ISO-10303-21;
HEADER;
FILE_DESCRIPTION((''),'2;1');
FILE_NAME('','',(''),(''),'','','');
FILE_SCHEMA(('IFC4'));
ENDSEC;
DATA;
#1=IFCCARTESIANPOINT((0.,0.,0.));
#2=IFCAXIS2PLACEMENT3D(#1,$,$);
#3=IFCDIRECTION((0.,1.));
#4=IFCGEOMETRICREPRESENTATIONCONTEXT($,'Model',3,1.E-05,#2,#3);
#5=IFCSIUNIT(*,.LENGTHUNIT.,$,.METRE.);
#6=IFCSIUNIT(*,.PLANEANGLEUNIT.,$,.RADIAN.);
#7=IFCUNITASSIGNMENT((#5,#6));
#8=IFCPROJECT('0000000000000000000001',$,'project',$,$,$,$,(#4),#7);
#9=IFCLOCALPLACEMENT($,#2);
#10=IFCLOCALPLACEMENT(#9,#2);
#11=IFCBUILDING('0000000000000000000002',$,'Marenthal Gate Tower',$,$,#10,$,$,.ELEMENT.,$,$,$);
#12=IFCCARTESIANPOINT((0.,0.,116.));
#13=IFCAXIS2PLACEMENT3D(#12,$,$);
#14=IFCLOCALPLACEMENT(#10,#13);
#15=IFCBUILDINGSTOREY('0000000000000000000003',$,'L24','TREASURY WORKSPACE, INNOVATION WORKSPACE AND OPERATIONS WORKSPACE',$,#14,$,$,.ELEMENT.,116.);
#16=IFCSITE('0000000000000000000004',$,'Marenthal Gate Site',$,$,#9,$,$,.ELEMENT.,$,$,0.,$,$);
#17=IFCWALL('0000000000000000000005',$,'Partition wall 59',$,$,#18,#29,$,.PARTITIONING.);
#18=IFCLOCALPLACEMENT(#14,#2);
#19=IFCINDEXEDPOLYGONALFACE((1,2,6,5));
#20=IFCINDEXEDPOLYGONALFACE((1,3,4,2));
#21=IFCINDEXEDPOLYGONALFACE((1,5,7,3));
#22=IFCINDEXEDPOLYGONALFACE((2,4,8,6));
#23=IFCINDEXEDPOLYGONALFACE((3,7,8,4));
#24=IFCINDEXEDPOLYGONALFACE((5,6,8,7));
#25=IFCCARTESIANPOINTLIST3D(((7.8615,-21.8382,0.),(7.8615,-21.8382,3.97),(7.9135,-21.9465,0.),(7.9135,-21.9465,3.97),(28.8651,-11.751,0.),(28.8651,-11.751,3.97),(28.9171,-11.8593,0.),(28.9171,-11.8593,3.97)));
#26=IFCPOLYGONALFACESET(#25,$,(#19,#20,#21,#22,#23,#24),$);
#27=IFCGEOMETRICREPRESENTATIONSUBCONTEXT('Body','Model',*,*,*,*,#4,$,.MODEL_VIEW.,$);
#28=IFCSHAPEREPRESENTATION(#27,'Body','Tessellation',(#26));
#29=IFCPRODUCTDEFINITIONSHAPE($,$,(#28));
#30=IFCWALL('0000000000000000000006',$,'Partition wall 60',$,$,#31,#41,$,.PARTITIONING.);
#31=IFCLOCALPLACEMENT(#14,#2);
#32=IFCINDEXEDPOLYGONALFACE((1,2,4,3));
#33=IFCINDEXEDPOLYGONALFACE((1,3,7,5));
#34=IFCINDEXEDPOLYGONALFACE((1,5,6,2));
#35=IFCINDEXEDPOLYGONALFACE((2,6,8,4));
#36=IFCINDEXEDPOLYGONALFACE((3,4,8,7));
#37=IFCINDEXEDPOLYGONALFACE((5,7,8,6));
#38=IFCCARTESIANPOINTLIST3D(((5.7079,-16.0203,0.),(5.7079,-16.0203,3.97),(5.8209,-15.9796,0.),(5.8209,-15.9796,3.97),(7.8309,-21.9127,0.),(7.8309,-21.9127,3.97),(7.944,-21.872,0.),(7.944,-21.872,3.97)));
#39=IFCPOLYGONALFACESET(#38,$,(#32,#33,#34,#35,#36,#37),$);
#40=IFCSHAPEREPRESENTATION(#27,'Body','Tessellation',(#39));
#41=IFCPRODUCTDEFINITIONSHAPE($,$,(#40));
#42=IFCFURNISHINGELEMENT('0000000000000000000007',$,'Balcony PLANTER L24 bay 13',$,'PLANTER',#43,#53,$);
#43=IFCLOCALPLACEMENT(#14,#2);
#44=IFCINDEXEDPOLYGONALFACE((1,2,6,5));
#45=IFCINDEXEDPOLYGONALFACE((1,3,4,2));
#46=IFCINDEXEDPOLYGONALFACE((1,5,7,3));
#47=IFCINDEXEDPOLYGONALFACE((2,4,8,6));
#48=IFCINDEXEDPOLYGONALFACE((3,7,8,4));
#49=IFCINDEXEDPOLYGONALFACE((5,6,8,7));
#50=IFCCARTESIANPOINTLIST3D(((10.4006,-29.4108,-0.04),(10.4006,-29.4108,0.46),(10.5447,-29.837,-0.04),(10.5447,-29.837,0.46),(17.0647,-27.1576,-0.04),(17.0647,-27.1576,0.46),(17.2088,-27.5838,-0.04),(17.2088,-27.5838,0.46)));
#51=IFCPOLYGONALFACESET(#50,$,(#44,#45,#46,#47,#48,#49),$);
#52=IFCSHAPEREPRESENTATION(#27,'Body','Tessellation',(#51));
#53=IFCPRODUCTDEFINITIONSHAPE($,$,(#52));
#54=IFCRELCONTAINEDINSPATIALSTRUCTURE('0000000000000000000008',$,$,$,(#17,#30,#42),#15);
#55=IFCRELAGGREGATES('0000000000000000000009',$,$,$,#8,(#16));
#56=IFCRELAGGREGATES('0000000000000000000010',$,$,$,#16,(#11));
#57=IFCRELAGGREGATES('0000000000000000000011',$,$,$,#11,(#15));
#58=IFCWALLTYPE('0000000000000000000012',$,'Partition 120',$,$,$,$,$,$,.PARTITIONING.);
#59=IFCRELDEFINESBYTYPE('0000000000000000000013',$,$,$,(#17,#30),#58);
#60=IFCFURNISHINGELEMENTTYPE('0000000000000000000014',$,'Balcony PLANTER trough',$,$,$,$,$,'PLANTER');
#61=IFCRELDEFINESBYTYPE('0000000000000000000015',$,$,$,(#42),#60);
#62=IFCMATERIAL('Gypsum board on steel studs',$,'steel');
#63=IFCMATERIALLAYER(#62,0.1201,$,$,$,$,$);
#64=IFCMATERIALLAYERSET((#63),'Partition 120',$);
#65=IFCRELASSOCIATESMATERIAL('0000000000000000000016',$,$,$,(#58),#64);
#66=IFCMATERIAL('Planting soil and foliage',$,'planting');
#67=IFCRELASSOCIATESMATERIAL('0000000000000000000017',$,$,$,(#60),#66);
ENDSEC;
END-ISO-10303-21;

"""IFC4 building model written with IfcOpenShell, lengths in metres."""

from ifc_helpers import new_model, si_unit, direction, frame, frame_2d, origin, origin_2d, place, context, subcontext, project, spatial, rectangle, extrude, material, layer, layer_set, type_object, element, save


model = new_model("IFC4")

# Units and contexts
model_context = context("Model", 3, precision=1e-05, world=origin(), true_north=direction((0.0, 1.0)))
body_context = subcontext(model_context, "Body", "Model", "MODEL_VIEW")
ifc_project = project(units=[si_unit("LENGTHUNIT", "METRE"), si_unit("PLANEANGLEUNIT", "RADIAN")], contexts=[model_context])

# Site, building, storey
site_placement = place(None, origin())
site = spatial("IfcSite", under=ifc_project, at=site_placement, Name="Marenthal Gate Site", CompositionType="ELEMENT", RefElevation=0.0)
building_placement = place(site_placement, origin())
building = spatial("IfcBuilding", under=site, at=building_placement, Name="Marenthal Gate Tower", CompositionType="ELEMENT")
storey_placement = place(building_placement, frame((0.0, 0.0, 116.0)))
storey = spatial("IfcBuildingStorey", under=building, at=storey_placement, Name="L24", Description="TREASURY WORKSPACE, INNOVATION WORKSPACE AND OPERATIONS WORKSPACE", CompositionType="ELEMENT", Elevation=116.0)

# Walls
ifc_material_1 = material(Name="Gypsum board on steel studs", Category="steel")
ifc_layer_1 = layer(ifc_material_1, 0.1201)
ifc_layer_set_1 = layer_set([ifc_layer_1], Name="Partition 120")
wall_type_1 = type_object("IfcWallType", Name="Partition 120", PredefinedType="PARTITIONING", material=ifc_layer_set_1)
wall_1_placement = place(storey_placement, frame((7.8875, -21.8923, 0.0), z_axis=(0.0, 0.0, 1.0), x_axis=(0.901433, 0.432919, 0.0)))
element("IfcWall", 1, at=wall_1_placement, inside=storey, type_object=wall_type_1, Name="Partition wall 59", PredefinedType="PARTITIONING", context=body_context, shape_type="SweptSolid", body=[
    extrude(rectangle(XDim=23.3003, YDim=0.1201, at=frame_2d((11.6501, 0.0))), origin(), (0.0, 0.0, 1.0), 3.97),
])
wall_2_placement = place(storey_placement, frame((7.8875, -21.8923, 0.0), z_axis=(0.0, 0.0, 1.0), x_axis=(-0.338975, 0.940795, 0.0)))
element("IfcWall", 2, at=wall_2_placement, inside=storey, type_object=wall_type_1, Name="Partition wall 60", PredefinedType="PARTITIONING", context=body_context, shape_type="SweptSolid", body=[
    extrude(rectangle(XDim=6.2632, YDim=0.1201, at=frame_2d((3.1316, 0.0))), origin(), (0.0, 0.0, 1.0), 3.97),
])

# Furnishing element
ifc_material_2 = material(Name="Planting soil and foliage", Category="planting")
furnishing_element_type = type_object("IfcFurnishingElementType", Name="Balcony PLANTER trough", ElementType="PLANTER", material=ifc_material_2)
furnishing_placement = place(storey_placement, frame((13.8047, -28.4973, -0.04), z_axis=(0.0, 0.0, 1.0), x_axis=(0.947316, 0.3203, 0.0)))
element("IfcFurnishingElement", 3, at=furnishing_placement, inside=storey, type_object=furnishing_element_type, Name="Balcony PLANTER L24 bay 13", ObjectType="PLANTER", context=body_context, shape_type="SweptSolid", body=[
    extrude(rectangle(XDim=7.0347, YDim=0.45, at=origin_2d()), origin(), (0.0, 0.0, 1.0), 0.5),
])

save(model, "model.ifc")
